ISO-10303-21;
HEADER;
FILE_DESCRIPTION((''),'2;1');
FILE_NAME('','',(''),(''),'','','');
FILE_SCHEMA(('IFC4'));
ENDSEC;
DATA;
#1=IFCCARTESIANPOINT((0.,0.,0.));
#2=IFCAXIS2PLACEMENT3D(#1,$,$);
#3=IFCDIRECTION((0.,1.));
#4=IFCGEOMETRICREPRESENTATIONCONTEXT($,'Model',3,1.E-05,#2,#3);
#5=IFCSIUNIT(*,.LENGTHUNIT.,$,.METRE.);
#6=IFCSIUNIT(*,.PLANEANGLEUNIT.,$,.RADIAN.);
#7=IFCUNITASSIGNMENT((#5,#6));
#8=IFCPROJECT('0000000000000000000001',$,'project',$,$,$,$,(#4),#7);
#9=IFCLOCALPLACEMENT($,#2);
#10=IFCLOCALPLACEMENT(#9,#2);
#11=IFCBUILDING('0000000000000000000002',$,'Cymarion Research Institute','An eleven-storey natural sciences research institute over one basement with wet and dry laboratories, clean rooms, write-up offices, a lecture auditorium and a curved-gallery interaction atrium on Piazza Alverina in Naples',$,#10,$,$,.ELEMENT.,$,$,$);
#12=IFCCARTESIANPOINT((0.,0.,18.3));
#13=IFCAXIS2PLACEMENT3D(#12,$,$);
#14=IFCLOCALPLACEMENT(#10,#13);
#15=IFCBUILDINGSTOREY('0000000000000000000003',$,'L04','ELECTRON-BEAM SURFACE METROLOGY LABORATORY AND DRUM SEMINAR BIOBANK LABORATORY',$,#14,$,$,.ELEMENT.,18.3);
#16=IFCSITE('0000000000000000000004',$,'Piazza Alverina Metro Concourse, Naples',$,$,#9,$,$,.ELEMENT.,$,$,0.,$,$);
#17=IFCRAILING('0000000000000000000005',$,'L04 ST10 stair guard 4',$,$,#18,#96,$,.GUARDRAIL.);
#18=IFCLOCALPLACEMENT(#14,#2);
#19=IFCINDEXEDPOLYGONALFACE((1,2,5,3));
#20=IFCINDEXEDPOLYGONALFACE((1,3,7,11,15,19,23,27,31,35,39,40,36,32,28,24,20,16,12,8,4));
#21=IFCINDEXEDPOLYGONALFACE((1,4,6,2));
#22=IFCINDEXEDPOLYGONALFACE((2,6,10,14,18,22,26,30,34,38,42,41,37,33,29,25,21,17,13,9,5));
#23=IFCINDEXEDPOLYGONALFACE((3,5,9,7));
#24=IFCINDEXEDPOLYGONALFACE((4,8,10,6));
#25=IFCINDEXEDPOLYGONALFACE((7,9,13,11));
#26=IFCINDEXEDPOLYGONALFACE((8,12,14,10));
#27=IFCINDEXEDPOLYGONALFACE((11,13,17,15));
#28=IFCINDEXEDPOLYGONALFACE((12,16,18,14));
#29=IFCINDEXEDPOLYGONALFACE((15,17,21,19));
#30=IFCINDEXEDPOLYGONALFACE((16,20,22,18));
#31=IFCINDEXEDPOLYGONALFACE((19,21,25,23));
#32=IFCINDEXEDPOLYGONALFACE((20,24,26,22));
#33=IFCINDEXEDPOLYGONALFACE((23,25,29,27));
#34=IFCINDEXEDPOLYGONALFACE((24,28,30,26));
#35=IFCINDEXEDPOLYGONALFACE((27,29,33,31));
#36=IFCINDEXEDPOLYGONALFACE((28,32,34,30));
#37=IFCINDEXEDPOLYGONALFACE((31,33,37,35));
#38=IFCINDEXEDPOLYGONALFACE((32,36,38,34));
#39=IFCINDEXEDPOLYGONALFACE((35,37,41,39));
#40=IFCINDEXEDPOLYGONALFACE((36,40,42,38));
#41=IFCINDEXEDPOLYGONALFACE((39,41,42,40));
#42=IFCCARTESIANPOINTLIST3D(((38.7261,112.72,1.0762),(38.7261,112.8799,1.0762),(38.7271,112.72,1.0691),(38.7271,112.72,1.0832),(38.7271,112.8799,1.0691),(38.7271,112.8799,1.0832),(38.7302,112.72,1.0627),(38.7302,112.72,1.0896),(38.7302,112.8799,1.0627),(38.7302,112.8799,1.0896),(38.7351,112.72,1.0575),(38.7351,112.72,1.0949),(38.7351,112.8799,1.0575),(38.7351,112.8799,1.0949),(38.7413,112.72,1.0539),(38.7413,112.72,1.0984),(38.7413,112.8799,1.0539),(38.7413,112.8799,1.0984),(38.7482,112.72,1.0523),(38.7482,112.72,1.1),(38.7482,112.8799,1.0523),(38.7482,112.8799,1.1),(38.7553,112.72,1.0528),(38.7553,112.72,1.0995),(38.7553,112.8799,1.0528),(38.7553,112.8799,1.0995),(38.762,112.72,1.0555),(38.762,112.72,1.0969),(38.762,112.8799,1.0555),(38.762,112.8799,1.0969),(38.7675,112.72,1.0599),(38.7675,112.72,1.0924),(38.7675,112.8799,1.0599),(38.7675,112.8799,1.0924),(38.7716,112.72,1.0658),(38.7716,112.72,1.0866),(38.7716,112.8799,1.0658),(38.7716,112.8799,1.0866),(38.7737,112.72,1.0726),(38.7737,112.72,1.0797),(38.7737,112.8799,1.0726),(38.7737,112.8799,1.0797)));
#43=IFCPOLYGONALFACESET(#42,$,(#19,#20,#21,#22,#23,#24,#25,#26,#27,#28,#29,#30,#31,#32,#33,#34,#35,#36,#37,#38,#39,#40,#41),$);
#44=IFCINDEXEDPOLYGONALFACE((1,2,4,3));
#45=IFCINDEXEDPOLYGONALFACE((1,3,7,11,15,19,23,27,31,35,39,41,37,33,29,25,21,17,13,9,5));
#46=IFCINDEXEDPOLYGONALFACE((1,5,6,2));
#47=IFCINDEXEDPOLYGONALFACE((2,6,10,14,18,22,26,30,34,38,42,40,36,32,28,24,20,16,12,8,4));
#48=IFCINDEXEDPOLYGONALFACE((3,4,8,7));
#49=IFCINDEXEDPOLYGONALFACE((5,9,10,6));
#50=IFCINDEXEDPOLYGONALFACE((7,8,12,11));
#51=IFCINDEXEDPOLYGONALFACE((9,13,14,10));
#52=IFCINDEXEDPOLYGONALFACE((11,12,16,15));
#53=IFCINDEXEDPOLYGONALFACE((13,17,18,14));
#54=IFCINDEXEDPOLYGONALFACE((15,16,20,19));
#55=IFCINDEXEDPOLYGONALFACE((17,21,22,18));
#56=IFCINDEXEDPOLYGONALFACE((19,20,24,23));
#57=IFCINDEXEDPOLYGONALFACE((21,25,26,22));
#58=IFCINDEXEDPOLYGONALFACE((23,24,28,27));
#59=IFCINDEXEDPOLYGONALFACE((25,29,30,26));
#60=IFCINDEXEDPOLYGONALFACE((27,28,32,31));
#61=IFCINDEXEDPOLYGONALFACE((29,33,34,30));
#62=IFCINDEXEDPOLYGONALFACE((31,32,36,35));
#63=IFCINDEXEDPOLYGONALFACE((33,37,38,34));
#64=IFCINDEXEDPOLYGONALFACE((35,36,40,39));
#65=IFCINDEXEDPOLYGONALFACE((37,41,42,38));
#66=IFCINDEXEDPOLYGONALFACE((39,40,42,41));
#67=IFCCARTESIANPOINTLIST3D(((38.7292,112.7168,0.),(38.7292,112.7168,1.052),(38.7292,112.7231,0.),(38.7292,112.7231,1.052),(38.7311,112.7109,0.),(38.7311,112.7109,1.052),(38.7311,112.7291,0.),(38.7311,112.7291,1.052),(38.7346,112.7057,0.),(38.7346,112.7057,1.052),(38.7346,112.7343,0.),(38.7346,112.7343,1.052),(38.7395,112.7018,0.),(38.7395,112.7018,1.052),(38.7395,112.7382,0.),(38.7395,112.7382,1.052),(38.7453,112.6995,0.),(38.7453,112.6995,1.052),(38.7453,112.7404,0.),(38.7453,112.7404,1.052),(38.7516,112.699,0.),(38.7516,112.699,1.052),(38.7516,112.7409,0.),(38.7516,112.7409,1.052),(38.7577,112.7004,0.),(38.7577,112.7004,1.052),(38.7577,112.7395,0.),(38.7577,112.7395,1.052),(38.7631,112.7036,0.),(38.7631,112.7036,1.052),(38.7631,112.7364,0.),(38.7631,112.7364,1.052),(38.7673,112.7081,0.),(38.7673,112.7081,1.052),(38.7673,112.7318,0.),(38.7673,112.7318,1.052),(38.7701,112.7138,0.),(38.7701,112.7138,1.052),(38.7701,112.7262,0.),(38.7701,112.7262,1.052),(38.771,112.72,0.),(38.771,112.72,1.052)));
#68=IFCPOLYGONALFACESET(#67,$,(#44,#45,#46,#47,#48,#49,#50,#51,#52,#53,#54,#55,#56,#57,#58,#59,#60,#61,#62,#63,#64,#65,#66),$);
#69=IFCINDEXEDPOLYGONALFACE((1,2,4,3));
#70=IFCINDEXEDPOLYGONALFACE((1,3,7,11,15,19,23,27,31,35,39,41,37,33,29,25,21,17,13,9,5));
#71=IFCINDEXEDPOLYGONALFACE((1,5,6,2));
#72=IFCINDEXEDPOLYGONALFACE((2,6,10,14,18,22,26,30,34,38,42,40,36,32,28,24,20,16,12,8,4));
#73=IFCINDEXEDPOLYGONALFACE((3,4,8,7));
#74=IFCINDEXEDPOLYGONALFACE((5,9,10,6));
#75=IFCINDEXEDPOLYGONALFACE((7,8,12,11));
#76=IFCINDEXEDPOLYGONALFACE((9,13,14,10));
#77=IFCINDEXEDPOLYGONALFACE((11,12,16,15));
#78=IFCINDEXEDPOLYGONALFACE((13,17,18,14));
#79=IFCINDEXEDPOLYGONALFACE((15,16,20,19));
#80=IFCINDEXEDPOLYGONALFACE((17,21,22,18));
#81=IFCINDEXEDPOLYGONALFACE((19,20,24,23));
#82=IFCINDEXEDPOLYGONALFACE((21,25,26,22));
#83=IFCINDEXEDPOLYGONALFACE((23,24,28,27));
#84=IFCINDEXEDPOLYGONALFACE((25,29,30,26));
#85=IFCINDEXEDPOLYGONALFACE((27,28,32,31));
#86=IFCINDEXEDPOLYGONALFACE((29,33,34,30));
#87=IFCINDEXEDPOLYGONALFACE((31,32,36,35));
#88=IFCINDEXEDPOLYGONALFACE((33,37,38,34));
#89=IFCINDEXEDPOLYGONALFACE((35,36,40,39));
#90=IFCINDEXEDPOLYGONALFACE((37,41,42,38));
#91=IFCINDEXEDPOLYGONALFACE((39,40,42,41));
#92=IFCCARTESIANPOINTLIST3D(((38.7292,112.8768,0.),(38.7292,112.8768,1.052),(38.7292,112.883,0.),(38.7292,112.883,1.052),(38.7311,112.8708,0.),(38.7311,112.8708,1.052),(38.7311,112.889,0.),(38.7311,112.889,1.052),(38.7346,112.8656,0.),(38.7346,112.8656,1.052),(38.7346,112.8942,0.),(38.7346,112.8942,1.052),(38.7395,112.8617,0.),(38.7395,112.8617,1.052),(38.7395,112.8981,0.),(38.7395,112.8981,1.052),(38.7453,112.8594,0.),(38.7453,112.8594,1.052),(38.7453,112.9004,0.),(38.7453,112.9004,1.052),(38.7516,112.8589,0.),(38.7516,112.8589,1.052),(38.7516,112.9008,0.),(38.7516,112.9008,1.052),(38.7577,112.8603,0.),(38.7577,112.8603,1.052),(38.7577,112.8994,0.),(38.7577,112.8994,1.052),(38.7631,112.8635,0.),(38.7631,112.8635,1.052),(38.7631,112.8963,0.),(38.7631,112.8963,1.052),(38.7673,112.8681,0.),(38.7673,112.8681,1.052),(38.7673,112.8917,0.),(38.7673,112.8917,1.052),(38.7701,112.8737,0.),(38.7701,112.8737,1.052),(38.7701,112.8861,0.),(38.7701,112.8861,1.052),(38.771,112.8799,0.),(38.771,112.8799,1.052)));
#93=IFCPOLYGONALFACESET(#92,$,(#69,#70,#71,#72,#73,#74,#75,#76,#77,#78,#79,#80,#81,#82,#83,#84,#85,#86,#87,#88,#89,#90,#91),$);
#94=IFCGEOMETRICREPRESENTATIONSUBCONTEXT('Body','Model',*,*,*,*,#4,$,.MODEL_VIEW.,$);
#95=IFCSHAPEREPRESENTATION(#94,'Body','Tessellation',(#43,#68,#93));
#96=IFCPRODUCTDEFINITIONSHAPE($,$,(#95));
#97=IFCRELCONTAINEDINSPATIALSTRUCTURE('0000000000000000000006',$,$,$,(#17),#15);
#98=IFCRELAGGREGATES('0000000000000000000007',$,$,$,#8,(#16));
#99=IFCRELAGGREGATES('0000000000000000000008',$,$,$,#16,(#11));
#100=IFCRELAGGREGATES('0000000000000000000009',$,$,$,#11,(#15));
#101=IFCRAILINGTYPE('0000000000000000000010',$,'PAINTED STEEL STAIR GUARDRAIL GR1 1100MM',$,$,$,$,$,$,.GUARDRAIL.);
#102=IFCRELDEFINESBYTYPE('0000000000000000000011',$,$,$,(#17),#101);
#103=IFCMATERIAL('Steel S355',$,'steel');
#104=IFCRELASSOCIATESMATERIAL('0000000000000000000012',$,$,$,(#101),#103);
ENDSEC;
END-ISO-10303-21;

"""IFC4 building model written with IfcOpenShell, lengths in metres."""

from ifc_helpers import new_model, si_unit, direction, frame, origin, origin_2d, place, context, subcontext, project, spatial, circle, extrude, material, type_object, element, save


model = new_model("IFC4")

# Units and contexts
model_context = context("Model", 3, precision=1e-05, world=origin(), true_north=direction((0.0, 1.0)))
body_context = subcontext(model_context, "Body", "Model", "MODEL_VIEW")
ifc_project = project(units=[si_unit("LENGTHUNIT", "METRE"), si_unit("PLANEANGLEUNIT", "RADIAN")], contexts=[model_context])

# Site, building, storey
site_placement = place(None, origin())
site = spatial("IfcSite", under=ifc_project, at=site_placement, Name="Piazza Alverina Metro Concourse, Naples", CompositionType="ELEMENT", RefElevation=0.0)
building_placement = place(site_placement, origin())
building = spatial("IfcBuilding", under=site, at=building_placement, Name="Cymarion Research Institute", Description="An eleven-storey natural sciences research institute over one basement with wet and dry laboratories, clean rooms, write-up offices, a lecture auditorium and a curved-gallery interaction atrium on Piazza Alverina in Naples", CompositionType="ELEMENT")
storey_placement = place(building_placement, frame((0.0, 0.0, 18.3)))
storey = spatial("IfcBuildingStorey", under=building, at=storey_placement, Name="L04", Description="ELECTRON-BEAM SURFACE METROLOGY LABORATORY AND DRUM SEMINAR BIOBANK LABORATORY", CompositionType="ELEMENT", Elevation=18.3)

# Shared definitions
ifc_material_1 = material(Name="Steel S355", Category="steel")

# Railing
railing_type_1 = type_object("IfcRailingType", Name="PAINTED STEEL STAIR GUARDRAIL GR1 1100MM", PredefinedType="GUARDRAIL", material=ifc_material_1)
railing_1_placement = place(storey_placement, frame((38.75, 112.72, 0.0)))
element("IfcRailing", 1, at=railing_1_placement, inside=storey, type_object=railing_type_1, Name="L04 ST10 stair guard 4", PredefinedType="GUARDRAIL", context=body_context, shape_type="SweptSolid", body=[
    extrude(circle(Radius=0.0239, at=origin_2d()), frame((0.0, 0.0, 1.0762), z_axis=(0.0, 1.0, 0.0), x_axis=(-1.0, 0.0, 0.0)), (0.0, 0.0, 1.0), 0.1599),
    extrude(circle(Radius=0.021, at=origin_2d()), origin(), (0.0, 0.0, 1.0), 1.052),
    extrude(circle(Radius=0.021, at=origin_2d()), frame((0.0, 0.1599, 0.0)), (0.0, 0.0, 1.0), 1.052),
])

save(model, "model.ifc")
